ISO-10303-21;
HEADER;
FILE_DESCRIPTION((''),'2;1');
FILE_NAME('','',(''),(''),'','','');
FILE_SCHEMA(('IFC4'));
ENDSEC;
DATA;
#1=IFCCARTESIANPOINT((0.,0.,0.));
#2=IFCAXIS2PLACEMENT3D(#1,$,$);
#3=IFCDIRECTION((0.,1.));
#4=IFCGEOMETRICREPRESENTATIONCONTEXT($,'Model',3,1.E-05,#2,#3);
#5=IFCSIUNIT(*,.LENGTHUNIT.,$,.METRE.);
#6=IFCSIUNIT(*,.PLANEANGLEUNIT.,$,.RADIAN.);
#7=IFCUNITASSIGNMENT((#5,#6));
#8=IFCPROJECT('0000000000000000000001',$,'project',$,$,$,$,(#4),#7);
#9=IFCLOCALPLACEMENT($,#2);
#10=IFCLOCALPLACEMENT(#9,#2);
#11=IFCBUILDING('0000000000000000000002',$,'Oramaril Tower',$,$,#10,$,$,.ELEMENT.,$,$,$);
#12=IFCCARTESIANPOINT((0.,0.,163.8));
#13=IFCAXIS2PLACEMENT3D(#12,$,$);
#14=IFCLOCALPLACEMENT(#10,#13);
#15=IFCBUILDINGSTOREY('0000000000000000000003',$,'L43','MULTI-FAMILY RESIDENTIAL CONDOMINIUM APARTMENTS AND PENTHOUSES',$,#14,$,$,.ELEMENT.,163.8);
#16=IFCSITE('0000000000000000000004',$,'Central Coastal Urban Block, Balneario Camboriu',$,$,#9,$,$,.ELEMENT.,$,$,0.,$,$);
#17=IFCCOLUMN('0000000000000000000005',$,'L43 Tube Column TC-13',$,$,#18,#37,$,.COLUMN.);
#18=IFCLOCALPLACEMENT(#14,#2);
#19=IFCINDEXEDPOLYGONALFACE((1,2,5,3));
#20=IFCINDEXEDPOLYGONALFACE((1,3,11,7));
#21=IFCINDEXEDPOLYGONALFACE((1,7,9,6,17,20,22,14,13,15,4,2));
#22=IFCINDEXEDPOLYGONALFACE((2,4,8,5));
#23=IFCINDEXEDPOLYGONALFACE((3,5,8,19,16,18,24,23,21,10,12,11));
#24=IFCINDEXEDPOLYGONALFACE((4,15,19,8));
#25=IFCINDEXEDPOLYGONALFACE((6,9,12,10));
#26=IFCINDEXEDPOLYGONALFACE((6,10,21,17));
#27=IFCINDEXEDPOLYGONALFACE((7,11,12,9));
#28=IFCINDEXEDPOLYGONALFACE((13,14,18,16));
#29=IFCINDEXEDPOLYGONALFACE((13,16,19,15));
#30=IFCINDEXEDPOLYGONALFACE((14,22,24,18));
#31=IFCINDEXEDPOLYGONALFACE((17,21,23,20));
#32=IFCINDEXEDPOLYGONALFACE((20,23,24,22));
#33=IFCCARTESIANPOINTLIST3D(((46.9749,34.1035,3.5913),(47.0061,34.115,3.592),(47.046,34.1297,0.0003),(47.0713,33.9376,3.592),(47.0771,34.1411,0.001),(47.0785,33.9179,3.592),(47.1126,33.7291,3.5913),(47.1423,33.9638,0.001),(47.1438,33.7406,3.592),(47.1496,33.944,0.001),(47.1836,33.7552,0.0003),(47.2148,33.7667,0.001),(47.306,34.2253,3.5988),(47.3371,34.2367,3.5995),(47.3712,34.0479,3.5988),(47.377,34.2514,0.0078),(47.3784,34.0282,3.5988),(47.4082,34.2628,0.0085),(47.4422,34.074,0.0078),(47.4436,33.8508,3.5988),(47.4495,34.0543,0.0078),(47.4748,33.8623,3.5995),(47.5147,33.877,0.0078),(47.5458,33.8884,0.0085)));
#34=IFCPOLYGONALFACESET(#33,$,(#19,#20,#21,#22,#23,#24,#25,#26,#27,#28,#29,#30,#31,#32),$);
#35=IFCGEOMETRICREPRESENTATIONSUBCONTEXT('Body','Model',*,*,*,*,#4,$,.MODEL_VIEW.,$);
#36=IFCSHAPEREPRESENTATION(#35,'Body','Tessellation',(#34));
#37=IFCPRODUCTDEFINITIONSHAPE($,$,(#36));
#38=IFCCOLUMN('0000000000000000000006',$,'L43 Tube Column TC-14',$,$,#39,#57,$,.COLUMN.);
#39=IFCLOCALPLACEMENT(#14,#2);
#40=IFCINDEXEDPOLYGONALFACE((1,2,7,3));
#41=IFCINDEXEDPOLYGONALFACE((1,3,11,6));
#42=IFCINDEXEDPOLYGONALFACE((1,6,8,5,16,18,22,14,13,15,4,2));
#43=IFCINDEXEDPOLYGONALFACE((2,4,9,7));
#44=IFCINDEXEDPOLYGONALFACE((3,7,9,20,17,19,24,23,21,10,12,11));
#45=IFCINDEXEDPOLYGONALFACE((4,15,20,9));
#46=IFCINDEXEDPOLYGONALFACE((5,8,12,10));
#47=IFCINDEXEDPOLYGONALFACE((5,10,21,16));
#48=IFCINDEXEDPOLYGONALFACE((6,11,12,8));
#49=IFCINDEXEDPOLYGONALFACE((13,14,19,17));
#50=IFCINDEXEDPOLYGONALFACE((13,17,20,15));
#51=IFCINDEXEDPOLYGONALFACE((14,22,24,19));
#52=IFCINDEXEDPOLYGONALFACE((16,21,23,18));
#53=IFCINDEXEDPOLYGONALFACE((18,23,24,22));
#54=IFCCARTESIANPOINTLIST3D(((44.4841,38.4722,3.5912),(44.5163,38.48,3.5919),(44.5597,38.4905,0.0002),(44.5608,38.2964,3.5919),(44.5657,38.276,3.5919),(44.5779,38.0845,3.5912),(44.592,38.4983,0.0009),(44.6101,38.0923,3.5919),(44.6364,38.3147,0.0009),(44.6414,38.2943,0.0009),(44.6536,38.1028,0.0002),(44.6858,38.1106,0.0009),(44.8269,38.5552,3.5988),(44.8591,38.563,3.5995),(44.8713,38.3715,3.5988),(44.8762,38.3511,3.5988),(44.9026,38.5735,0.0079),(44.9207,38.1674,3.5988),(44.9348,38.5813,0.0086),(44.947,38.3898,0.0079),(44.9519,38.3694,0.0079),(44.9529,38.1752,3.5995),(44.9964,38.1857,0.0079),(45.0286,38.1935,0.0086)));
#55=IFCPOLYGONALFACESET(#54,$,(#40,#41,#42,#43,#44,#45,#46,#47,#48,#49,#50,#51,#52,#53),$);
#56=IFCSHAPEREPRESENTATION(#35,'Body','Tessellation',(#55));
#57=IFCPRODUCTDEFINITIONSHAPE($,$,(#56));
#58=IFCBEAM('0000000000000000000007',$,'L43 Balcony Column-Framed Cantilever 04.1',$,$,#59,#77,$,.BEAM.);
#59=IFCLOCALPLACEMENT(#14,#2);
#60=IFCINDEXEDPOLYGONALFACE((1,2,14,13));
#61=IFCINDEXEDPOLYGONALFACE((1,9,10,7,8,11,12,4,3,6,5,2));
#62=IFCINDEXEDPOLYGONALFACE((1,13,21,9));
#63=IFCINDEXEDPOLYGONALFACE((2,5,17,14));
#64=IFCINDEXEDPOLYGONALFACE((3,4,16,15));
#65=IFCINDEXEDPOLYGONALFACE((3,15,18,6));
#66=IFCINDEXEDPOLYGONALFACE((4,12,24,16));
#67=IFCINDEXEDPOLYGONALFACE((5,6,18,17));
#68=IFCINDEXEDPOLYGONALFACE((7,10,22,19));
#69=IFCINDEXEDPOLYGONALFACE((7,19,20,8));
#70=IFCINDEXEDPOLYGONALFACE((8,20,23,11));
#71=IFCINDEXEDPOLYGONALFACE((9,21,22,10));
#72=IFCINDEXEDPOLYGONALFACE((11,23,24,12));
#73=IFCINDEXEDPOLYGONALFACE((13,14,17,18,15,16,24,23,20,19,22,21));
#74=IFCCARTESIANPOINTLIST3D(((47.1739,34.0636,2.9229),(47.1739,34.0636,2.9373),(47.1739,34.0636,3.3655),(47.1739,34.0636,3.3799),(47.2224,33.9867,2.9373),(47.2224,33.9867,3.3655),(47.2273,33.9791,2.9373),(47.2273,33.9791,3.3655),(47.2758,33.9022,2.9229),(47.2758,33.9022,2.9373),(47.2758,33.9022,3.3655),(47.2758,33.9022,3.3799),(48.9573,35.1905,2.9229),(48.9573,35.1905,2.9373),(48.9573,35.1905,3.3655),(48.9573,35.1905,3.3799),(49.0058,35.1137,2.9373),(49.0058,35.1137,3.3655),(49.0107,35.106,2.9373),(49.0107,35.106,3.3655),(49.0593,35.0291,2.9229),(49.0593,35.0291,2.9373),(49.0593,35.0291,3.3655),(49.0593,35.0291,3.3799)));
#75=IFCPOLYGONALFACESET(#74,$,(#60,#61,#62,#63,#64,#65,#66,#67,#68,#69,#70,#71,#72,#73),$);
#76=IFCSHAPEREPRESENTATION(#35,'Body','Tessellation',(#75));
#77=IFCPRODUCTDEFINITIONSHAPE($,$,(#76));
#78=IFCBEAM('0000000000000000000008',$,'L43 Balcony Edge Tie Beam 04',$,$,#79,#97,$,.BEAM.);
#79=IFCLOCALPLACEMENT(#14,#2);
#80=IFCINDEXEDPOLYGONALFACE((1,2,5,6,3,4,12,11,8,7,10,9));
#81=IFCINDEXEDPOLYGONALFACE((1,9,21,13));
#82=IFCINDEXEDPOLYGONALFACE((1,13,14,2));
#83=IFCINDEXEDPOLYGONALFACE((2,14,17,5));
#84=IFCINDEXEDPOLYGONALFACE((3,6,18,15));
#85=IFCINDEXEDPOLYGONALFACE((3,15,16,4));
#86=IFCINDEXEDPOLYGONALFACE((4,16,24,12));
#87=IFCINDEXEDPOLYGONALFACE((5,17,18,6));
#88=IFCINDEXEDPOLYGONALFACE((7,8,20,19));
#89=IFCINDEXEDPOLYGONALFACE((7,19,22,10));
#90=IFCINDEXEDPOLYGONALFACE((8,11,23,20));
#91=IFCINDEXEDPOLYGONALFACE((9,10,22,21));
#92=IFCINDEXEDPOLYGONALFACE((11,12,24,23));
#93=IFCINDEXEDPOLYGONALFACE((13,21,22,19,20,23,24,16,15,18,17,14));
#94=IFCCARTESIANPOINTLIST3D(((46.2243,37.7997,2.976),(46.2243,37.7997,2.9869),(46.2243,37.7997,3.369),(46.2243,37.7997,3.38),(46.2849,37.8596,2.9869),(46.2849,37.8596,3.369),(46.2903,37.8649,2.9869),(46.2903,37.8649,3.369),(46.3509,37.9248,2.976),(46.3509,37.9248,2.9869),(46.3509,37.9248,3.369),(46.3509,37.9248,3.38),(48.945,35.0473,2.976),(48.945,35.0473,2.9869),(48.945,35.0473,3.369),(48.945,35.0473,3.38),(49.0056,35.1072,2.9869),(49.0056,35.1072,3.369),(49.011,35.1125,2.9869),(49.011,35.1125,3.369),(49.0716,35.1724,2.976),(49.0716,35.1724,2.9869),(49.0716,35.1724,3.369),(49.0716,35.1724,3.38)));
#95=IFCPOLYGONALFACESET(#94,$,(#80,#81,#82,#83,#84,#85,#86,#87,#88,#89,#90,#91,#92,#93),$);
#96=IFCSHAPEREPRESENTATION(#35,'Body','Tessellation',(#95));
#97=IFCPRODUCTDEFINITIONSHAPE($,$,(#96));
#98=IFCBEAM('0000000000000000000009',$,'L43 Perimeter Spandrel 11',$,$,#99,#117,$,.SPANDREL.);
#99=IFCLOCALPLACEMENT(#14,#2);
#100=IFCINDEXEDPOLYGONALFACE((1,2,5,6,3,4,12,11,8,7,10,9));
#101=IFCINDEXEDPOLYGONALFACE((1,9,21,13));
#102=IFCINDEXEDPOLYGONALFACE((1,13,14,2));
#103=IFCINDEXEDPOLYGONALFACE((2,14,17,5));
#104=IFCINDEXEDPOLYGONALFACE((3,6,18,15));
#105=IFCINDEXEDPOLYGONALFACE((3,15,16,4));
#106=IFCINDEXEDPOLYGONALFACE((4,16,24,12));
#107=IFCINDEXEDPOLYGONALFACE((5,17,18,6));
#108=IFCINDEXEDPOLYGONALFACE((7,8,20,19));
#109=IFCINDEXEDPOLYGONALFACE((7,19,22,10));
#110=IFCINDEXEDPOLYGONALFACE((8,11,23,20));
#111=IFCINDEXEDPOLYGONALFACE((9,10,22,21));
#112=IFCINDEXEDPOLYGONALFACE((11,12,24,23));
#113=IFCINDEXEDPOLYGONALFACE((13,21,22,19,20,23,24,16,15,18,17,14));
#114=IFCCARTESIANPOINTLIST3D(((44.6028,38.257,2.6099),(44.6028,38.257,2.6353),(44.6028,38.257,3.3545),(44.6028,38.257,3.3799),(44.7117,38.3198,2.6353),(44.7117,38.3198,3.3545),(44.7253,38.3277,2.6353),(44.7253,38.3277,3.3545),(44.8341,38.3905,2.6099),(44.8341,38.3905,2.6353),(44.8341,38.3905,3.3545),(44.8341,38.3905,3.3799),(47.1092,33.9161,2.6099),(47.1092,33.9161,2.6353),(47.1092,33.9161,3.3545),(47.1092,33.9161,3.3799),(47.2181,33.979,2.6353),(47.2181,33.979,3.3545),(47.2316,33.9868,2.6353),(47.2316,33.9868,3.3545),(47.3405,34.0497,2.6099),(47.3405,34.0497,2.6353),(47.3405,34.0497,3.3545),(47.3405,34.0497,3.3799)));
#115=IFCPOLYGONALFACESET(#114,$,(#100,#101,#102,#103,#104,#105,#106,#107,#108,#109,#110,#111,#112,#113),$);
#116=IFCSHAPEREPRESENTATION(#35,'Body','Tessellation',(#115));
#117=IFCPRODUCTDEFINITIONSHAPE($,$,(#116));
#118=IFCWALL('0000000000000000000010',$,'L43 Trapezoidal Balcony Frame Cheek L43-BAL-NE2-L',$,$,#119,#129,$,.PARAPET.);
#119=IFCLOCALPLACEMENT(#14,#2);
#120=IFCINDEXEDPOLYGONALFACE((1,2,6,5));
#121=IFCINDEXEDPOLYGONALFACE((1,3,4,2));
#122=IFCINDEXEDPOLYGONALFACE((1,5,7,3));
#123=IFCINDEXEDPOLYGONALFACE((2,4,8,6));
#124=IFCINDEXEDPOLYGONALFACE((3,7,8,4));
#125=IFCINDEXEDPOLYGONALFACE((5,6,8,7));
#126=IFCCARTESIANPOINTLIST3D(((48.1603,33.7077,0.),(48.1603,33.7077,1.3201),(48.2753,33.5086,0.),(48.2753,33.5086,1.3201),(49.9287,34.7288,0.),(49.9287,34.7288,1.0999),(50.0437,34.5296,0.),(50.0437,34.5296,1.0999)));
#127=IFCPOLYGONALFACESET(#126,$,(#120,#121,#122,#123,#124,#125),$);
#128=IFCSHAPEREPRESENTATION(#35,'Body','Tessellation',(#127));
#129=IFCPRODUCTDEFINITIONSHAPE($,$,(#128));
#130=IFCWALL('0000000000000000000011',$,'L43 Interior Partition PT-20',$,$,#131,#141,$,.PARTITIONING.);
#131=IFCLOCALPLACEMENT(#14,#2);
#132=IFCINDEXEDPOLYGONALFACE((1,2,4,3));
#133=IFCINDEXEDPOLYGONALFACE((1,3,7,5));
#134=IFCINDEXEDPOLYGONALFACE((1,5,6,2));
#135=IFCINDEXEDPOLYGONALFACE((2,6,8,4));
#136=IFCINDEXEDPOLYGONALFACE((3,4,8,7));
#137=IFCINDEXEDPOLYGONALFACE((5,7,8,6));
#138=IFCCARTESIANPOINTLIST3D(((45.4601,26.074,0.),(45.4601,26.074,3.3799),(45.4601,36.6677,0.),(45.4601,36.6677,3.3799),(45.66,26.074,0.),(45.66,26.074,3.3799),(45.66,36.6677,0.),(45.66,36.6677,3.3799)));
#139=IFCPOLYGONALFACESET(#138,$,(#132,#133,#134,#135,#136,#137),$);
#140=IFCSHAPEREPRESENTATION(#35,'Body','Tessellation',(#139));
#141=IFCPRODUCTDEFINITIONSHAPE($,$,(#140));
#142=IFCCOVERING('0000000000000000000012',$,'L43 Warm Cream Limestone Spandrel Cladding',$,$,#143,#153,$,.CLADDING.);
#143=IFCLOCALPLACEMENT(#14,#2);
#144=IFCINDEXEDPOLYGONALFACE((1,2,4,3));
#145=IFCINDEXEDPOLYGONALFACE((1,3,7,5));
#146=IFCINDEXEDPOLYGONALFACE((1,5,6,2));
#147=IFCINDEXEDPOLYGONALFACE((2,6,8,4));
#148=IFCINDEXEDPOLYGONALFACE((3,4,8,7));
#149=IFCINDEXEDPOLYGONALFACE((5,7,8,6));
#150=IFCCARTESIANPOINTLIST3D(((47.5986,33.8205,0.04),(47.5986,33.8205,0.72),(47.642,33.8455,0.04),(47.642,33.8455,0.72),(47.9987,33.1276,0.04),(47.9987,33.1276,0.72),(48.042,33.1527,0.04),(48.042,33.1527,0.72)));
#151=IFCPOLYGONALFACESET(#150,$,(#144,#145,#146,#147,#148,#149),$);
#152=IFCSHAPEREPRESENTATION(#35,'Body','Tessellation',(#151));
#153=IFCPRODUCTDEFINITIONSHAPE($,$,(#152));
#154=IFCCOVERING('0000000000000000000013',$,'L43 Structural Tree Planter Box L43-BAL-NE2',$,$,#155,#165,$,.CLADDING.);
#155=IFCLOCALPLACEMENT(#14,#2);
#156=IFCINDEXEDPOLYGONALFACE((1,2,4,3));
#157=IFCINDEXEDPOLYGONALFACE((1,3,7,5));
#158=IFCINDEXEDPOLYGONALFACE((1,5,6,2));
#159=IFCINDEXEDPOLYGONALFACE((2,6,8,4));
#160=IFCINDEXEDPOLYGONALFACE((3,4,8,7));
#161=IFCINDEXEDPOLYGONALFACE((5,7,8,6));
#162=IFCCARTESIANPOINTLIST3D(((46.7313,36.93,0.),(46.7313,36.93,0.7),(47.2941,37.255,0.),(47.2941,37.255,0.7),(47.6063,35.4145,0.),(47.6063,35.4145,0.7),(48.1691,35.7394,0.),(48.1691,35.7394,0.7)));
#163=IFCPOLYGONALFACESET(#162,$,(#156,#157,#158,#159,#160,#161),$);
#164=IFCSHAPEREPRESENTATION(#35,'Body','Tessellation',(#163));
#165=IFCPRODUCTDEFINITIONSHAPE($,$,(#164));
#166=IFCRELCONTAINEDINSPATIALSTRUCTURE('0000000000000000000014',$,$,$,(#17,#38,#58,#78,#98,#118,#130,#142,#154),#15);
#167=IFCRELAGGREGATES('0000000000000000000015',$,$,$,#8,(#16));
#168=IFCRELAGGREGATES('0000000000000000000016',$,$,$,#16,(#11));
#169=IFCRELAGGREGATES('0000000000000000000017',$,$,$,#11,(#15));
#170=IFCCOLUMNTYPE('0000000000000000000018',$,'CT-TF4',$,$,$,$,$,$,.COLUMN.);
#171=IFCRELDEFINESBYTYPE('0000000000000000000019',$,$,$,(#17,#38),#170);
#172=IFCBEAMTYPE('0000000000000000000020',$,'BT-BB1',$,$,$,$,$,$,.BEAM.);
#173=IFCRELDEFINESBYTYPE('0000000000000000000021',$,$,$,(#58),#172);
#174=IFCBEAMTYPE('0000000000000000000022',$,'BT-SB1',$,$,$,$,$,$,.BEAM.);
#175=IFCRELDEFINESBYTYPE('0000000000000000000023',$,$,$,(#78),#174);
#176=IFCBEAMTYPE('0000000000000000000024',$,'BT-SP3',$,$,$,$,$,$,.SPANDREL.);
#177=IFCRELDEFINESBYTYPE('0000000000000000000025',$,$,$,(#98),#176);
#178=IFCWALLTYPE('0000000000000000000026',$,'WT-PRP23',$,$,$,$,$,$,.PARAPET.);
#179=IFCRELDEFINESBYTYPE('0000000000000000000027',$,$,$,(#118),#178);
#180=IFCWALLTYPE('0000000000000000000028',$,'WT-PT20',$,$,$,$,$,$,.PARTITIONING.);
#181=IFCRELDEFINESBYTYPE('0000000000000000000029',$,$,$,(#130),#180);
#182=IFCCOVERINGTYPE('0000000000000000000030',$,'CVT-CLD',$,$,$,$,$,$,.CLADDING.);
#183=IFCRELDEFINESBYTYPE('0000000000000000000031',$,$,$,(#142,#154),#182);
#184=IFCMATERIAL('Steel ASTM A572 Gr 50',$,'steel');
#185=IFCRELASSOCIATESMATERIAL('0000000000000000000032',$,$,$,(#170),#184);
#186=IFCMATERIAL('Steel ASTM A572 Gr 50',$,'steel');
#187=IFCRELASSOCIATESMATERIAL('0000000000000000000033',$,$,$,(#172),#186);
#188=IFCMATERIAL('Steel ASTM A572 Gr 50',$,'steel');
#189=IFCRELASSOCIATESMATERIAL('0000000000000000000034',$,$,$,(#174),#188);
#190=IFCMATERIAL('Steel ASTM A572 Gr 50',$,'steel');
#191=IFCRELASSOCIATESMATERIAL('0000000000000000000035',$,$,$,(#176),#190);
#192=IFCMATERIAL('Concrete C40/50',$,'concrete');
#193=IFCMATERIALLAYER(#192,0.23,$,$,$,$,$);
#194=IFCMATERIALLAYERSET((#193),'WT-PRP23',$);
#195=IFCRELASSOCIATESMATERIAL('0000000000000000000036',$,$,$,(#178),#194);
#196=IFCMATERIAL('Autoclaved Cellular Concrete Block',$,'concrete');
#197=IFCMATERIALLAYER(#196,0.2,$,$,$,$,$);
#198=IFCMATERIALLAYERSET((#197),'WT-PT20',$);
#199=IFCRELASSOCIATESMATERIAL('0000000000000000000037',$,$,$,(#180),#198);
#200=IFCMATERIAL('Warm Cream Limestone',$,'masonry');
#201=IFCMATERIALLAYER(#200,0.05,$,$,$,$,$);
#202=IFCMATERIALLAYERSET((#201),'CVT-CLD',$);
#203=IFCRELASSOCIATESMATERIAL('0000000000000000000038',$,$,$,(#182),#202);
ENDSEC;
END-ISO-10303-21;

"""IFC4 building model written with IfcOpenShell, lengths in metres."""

from ifc_helpers import new_model, si_unit, direction, frame, frame_2d, origin, origin_2d, place, context, subcontext, project, spatial, polyline, rectangle, i_section, outline, extrude, material, layer, layer_set, material_profile, profile_set, type_object, element, save


model = new_model("IFC4")

# Units and contexts
model_context = context("Model", 3, precision=1e-05, world=origin(), true_north=direction((0.0, 1.0)))
body_context = subcontext(model_context, "Body", "Model", "MODEL_VIEW")
ifc_project = project(units=[si_unit("LENGTHUNIT", "METRE"), si_unit("PLANEANGLEUNIT", "RADIAN")], contexts=[model_context])

# Site, building, storey
site_placement = place(None, origin())
site = spatial("IfcSite", under=ifc_project, at=site_placement, Name="Central Coastal Urban Block, Balneario Camboriu", CompositionType="ELEMENT", RefElevation=0.0)
building_placement = place(site_placement, origin())
building = spatial("IfcBuilding", under=site, at=building_placement, Name="Oramaril Tower", CompositionType="ELEMENT")
storey_placement = place(building_placement, frame((0.0, 0.0, 163.8)))
storey = spatial("IfcBuildingStorey", under=building, at=storey_placement, Name="L43", Description="MULTI-FAMILY RESIDENTIAL CONDOMINIUM APARTMENTS AND PENTHOUSES", CompositionType="ELEMENT", Elevation=163.8)

# Columns
ifc_material_1 = material(Name="Steel ASTM A572 Gr 50", Category="steel")
ifc_material_profile_1 = material_profile(ifc_material_1, i_section(OverallWidth=0.3989, OverallDepth=0.386, WebThickness=0.021, FlangeThickness=0.0332, at=origin_2d()), Name="W14X176")
ifc_profile_set_1 = profile_set([ifc_material_profile_1], Name="Steel ASTM A572 Gr 50")
column_type = type_object("IfcColumnType", Name="CT-TF4", PredefinedType="COLUMN", material=ifc_profile_set_1)
for number, where, z_axis, x_axis, name in (
    (1, (47.2959, 34.009, 0.0044), (-0.019779, -0.007273, 0.999778), (0.345107, -0.938563, 0.0), "L43 Tube Column TC-13"),
    (2, (44.7942, 38.342, 0.0044), (-0.021071, -0.005098, 0.999765), (0.235151, -0.971959, 0.0), "L43 Tube Column TC-14"),
):
    element("IfcColumn", number, at=place(storey_placement, frame(where, z_axis=z_axis, x_axis=x_axis)), inside=storey, type_object=column_type, Name=name, PredefinedType="COLUMN", context=body_context, shape_type="SweptSolid", body=[
        extrude(i_section(OverallWidth=0.3989, OverallDepth=0.386, WebThickness=0.021, FlangeThickness=0.0332, at=origin_2d()), origin(), (0.0, 0.0, 1.0), 3.5918),
    ])

# Beams
ifc_material_2 = material(Name="Steel ASTM A572 Gr 50", Category="steel")
ifc_material_profile_2 = material_profile(ifc_material_2, i_section(OverallWidth=0.1909, OverallDepth=0.457, WebThickness=0.009, FlangeThickness=0.0144, at=origin_2d()), Name="W18X50")
ifc_profile_set_2 = profile_set([ifc_material_profile_2], Name="Steel ASTM A572 Gr 50")
beam_type_1 = type_object("IfcBeamType", Name="BT-BB1", PredefinedType="BEAM", material=ifc_profile_set_2)
beam_1_placement = place(storey_placement, frame((47.2249, 33.9829, 3.1514), z_axis=(0.845368, 0.534185, 0.0), x_axis=(-0.534185, 0.845368, 0.0)))
element("IfcBeam", 3, at=beam_1_placement, inside=storey, type_object=beam_type_1, Name="L43 Balcony Column-Framed Cantilever 04.1", PredefinedType="BEAM", context=body_context, shape_type="SweptSolid", body=[
    extrude(i_section(OverallWidth=0.1909, OverallDepth=0.457, WebThickness=0.009, FlangeThickness=0.0144, at=origin_2d()), origin(), (0.0, 0.0, 1.0), 2.1096),
])
ifc_material_3 = material(Name="Steel ASTM A572 Gr 50", Category="steel")
ifc_material_profile_3 = material_profile(ifc_material_3, i_section(OverallWidth=0.178, OverallDepth=0.4041, WebThickness=0.0076, FlangeThickness=0.011, at=origin_2d()), Name="W16X36")
ifc_profile_set_3 = profile_set([ifc_material_profile_3], Name="Steel ASTM A572 Gr 50")
beam_type_2 = type_object("IfcBeamType", Name="BT-SB1", PredefinedType="BEAM", material=ifc_profile_set_3)
beam_2_placement = place(storey_placement, frame((49.0083, 35.1099, 3.178), z_axis=(-0.702995, 0.711195, 0.0), x_axis=(-0.711195, -0.702995, 0.0)))
element("IfcBeam", 4, at=beam_2_placement, inside=storey, type_object=beam_type_2, Name="L43 Balcony Edge Tie Beam 04", PredefinedType="BEAM", context=body_context, shape_type="SweptSolid", body=[
    extrude(i_section(OverallWidth=0.178, OverallDepth=0.4041, WebThickness=0.0076, FlangeThickness=0.011, at=origin_2d()), origin(), (0.0, 0.0, 1.0), 3.8701),
])
ifc_material_4 = material(Name="Steel ASTM A572 Gr 50", Category="steel")
ifc_material_profile_4 = material_profile(ifc_material_4, i_section(OverallWidth=0.2671, OverallDepth=0.77, WebThickness=0.0156, FlangeThickness=0.0254, at=origin_2d()), Name="W30X132")
ifc_profile_set_4 = profile_set([ifc_material_profile_4], Name="Steel ASTM A572 Gr 50")
beam_type_3 = type_object("IfcBeamType", Name="BT-SP3", PredefinedType="SPANDREL", material=ifc_profile_set_4)
beam_3_placement = place(storey_placement, frame((47.2249, 33.9829, 2.9949), z_axis=(-0.500026, 0.86601, 0.0), x_axis=(-0.86601, -0.500026, 0.0)))
element("IfcBeam", 5, at=beam_3_placement, inside=storey, type_object=beam_type_3, Name="L43 Perimeter Spandrel 11", PredefinedType="SPANDREL", context=body_context, shape_type="SweptSolid", body=[
    extrude(i_section(OverallWidth=0.2671, OverallDepth=0.77, WebThickness=0.0156, FlangeThickness=0.0254, at=origin_2d()), origin(), (0.0, 0.0, 1.0), 5.0125),
])

# Walls
ifc_material_5 = material(Name="Concrete C40/50", Category="concrete")
ifc_layer_1 = layer(ifc_material_5, 0.23)
ifc_layer_set_1 = layer_set([ifc_layer_1], Name="WT-PRP23")
wall_type_1 = type_object("IfcWallType", Name="WT-PRP23", PredefinedType="PARAPET", material=ifc_layer_set_1)
wall_1_placement = place(storey_placement, frame((48.2178, 33.6082, 0.0), z_axis=(0.0, 0.0, 1.0), x_axis=(0.866012, 0.500023, 0.0)))
element("IfcWall", 6, at=wall_1_placement, inside=storey, type_object=wall_type_1, Name="L43 Trapezoidal Balcony Frame Cheek L43-BAL-NE2-L", PredefinedType="PARAPET", context=body_context, shape_type="SweptSolid", body=[
    extrude(outline(polyline([(0.0, 0.0), (2.042, 0.0), (2.042, 1.0999), (0.0, 1.3201), (0.0, 0.0)])), frame((0.0, 0.115, 0.0), z_axis=(0.0, -1.0, 0.0), x_axis=(1.0, 0.0, 0.0)), (0.0, 0.0, 1.0), 0.23),
])
ifc_material_6 = material(Name="Autoclaved Cellular Concrete Block", Category="concrete")
ifc_layer_2 = layer(ifc_material_6, 0.2)
ifc_layer_set_2 = layer_set([ifc_layer_2], Name="WT-PT20")
wall_type_2 = type_object("IfcWallType", Name="WT-PT20", PredefinedType="PARTITIONING", material=ifc_layer_set_2)
wall_2_placement = place(storey_placement, frame((45.5601, 26.074, 0.0), z_axis=(0.0, 0.0, 1.0), x_axis=(0.0, 1.0, 0.0)))
element("IfcWall", 7, at=wall_2_placement, inside=storey, type_object=wall_type_2, Name="L43 Interior Partition PT-20", PredefinedType="PARTITIONING", context=body_context, shape_type="SweptSolid", body=[
    extrude(rectangle(XDim=10.5938, YDim=0.2, at=frame_2d((5.2969, 0.0))), origin(), (0.0, 0.0, 1.0), 3.3799),
])

# Coverings
ifc_material_7 = material(Name="Warm Cream Limestone", Category="masonry")
ifc_layer_3 = layer(ifc_material_7, 0.05)
ifc_layer_set_3 = layer_set([ifc_layer_3], Name="CVT-CLD")
covering_type = type_object("IfcCoveringType", Name="CVT-CLD", PredefinedType="CLADDING", material=ifc_layer_set_3)
covering_1_placement = place(storey_placement, frame((47.8203, 33.4866, 0.04), z_axis=(0.0, 0.0, 1.0), x_axis=(-0.5, 0.866025, 0.0)))
element("IfcCovering", 8, at=covering_1_placement, inside=storey, type_object=covering_type, Name="L43 Warm Cream Limestone Spandrel Cladding", PredefinedType="CLADDING", context=body_context, shape_type="SweptSolid", body=[
    extrude(rectangle(XDim=0.8, YDim=0.05, at=origin_2d()), origin(), (0.0, 0.0, 1.0), 0.6799),
])
covering_2_placement = place(storey_placement, frame((47.4502, 36.3347, 0.0), z_axis=(0.0, 0.0, 1.0), x_axis=(-0.500002, 0.866025, 0.0)))
element("IfcCovering", 9, at=covering_2_placement, inside=storey, type_object=covering_type, Name="L43 Structural Tree Planter Box L43-BAL-NE2", PredefinedType="CLADDING", context=body_context, shape_type="SweptSolid", body=[
    extrude(rectangle(XDim=1.75, YDim=0.6499, at=origin_2d()), origin(), (0.0, 0.0, 1.0), 0.7),
])

save(model, "model.ifc")
